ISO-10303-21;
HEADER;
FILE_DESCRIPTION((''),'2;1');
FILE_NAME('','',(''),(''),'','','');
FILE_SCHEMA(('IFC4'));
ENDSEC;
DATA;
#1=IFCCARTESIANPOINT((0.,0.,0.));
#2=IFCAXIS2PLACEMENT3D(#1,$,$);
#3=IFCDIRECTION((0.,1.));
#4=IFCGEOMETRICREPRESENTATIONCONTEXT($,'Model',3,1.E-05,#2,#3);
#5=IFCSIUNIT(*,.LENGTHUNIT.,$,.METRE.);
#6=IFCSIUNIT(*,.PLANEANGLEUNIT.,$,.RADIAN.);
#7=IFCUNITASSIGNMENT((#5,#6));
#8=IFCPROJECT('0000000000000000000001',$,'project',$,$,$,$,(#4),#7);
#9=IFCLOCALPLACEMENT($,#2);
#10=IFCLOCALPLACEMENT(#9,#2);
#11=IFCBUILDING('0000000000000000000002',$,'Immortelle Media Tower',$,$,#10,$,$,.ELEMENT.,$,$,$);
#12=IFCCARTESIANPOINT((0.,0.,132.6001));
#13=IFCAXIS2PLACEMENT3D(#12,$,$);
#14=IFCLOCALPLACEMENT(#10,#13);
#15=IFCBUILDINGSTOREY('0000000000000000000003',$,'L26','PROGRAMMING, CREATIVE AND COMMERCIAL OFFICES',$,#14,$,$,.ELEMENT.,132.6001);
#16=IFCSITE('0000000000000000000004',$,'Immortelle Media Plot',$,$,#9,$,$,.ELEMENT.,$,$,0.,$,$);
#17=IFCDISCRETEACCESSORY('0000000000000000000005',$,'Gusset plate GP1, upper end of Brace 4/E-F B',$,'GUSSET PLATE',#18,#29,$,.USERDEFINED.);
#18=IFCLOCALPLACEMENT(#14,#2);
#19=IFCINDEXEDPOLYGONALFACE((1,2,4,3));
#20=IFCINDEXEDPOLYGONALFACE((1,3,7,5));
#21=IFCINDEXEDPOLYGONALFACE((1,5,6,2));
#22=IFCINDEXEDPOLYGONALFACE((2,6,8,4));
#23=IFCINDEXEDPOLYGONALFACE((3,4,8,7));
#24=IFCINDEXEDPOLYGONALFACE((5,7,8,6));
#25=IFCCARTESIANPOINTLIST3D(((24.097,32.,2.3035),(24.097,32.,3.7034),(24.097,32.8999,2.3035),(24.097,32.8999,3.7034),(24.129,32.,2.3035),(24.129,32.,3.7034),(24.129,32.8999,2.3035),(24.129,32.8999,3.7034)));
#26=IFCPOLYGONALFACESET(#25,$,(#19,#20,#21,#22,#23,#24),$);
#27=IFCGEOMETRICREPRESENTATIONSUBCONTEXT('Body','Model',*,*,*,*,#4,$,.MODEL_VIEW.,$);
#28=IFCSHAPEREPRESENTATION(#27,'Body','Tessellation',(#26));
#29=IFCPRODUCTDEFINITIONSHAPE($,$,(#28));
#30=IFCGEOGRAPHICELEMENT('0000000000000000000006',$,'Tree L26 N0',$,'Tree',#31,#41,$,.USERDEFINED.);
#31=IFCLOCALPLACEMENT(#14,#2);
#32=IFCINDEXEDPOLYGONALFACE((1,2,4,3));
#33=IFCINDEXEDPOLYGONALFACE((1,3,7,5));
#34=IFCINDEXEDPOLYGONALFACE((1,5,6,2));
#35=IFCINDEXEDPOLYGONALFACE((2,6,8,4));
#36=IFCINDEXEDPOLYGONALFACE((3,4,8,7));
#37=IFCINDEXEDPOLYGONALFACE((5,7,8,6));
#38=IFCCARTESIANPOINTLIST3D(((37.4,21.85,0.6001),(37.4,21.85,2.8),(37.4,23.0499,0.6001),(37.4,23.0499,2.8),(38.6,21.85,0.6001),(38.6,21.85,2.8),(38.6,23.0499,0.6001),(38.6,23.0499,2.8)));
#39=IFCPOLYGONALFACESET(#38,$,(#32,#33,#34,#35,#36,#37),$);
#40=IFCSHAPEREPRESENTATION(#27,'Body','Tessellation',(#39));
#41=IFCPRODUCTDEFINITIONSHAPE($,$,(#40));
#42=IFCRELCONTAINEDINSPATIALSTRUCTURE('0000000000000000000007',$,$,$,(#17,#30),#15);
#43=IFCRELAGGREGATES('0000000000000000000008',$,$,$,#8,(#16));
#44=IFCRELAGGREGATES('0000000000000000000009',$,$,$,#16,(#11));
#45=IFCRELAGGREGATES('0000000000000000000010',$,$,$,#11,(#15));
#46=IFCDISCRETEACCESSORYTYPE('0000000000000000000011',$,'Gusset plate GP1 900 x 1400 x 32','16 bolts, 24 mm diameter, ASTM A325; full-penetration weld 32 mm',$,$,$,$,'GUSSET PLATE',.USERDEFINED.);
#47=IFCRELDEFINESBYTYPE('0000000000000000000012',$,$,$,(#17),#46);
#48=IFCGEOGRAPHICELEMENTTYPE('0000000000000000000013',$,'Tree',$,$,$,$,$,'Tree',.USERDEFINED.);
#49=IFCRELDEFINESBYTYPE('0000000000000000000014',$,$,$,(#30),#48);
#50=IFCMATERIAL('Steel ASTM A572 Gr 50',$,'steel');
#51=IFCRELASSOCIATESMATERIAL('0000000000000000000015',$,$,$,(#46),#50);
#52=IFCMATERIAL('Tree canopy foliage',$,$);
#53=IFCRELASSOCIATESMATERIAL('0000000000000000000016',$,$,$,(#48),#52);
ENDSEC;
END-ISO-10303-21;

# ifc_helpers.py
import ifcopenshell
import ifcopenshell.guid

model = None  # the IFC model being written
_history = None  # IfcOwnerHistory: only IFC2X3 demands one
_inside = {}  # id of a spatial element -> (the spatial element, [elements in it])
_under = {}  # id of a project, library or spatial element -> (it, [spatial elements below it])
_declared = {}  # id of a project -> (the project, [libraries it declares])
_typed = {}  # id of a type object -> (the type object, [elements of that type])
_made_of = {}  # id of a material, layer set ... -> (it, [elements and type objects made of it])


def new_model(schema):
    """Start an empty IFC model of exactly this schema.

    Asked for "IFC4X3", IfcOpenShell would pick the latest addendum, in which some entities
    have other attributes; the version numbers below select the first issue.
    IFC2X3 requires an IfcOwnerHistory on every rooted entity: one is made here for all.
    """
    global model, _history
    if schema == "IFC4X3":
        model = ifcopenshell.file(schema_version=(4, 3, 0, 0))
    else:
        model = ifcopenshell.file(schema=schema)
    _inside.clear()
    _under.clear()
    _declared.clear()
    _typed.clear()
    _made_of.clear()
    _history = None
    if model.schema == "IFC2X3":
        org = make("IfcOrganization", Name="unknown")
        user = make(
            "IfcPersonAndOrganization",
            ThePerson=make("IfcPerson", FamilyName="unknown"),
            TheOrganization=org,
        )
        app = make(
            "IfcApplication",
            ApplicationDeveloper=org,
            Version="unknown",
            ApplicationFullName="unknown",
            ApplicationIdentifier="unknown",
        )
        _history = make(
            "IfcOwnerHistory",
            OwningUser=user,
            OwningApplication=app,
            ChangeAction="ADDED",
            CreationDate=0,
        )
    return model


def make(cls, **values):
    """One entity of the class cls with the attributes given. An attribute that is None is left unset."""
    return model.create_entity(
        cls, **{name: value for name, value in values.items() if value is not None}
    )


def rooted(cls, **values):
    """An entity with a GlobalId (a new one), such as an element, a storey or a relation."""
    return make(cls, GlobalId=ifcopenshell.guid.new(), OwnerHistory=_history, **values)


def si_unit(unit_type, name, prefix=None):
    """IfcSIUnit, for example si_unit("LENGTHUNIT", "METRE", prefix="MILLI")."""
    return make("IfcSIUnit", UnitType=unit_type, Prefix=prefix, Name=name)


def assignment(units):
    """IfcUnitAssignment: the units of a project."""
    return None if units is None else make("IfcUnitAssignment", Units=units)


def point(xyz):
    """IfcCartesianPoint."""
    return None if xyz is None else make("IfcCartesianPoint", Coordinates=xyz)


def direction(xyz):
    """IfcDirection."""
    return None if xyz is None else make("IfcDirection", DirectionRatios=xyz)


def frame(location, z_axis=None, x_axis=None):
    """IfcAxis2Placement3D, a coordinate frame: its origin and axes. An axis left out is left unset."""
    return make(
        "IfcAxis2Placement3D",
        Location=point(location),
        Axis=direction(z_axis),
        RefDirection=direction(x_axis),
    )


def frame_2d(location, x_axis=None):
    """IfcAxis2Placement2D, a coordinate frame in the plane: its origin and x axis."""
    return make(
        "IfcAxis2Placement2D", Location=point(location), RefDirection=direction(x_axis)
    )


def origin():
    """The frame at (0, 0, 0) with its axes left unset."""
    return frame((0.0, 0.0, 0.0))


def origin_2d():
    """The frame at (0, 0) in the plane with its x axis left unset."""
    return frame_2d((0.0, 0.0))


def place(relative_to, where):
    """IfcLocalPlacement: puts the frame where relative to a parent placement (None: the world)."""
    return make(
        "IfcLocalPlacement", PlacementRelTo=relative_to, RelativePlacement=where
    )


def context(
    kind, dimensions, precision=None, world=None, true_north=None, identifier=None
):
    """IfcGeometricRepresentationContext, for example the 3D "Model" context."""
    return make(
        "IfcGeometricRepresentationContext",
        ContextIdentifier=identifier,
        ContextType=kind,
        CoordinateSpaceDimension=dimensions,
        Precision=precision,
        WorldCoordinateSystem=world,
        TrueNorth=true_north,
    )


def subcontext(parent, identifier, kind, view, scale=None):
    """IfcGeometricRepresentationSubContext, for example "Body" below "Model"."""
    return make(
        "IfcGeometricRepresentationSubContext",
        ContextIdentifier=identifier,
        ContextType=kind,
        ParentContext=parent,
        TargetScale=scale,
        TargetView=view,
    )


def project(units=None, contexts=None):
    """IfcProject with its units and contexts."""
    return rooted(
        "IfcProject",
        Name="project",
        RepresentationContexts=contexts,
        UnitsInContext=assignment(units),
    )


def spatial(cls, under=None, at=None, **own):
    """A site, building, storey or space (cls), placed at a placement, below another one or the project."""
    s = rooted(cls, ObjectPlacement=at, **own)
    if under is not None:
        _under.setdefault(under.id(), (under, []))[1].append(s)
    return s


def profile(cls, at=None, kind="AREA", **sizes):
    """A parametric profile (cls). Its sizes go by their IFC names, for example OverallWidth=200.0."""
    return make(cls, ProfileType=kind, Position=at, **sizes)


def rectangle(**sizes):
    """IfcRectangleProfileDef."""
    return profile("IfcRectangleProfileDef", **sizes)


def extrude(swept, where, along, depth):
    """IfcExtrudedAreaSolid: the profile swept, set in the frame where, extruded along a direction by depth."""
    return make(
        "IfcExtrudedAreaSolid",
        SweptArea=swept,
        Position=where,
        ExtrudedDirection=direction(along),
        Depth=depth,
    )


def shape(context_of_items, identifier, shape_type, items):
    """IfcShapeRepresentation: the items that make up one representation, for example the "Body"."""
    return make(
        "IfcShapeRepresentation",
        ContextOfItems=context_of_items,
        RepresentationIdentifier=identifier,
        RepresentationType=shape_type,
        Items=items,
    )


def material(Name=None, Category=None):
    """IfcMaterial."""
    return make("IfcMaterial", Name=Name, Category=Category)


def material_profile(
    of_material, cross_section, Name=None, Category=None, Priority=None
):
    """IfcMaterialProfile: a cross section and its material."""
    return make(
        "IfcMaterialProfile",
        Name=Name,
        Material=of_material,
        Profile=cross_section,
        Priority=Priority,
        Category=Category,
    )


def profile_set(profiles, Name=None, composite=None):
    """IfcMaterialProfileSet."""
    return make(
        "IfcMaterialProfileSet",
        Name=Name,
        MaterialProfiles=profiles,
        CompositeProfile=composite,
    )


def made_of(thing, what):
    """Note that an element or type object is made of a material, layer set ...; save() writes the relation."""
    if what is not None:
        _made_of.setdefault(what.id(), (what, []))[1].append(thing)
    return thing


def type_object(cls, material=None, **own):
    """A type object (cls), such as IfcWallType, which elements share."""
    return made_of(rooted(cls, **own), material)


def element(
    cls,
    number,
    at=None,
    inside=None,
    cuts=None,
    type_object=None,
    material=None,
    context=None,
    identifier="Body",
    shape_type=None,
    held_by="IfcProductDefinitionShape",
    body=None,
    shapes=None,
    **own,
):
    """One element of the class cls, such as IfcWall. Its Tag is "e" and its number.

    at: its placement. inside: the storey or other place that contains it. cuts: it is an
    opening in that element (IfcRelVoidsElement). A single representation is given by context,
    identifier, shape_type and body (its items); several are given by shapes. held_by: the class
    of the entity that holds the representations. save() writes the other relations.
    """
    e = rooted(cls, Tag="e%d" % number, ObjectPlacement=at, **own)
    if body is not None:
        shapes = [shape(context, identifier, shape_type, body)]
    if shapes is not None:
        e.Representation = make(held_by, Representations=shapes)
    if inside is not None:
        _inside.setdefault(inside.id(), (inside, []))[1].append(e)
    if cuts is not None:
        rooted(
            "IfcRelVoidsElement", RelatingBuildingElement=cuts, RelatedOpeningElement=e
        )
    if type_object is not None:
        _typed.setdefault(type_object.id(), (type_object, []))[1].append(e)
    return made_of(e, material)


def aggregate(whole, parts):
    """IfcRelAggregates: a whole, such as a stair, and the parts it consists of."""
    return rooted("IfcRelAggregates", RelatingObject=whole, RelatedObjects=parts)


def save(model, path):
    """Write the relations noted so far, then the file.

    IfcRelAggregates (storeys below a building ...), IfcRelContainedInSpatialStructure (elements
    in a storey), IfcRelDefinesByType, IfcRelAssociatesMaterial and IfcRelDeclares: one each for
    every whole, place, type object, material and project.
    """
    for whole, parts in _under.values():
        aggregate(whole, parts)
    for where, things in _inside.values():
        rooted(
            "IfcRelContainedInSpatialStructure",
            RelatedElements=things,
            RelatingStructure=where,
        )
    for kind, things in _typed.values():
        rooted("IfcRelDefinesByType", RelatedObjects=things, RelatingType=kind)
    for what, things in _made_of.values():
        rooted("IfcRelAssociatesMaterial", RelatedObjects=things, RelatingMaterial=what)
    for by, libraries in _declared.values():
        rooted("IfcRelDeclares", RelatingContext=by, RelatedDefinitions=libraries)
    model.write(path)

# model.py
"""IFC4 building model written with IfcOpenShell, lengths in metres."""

from ifc_helpers import new_model, si_unit, direction, frame, origin, origin_2d, place, context, subcontext, project, spatial, rectangle, extrude, material, material_profile, profile_set, type_object, element, save


model = new_model("IFC4")

# Units and contexts
model_context = context("Model", 3, precision=1e-05, world=origin(), true_north=direction((0.0, 1.0)))
body_context = subcontext(model_context, "Body", "Model", "MODEL_VIEW")
ifc_project = project(units=[si_unit("LENGTHUNIT", "METRE"), si_unit("PLANEANGLEUNIT", "RADIAN")], contexts=[model_context])

# Site, building, storey
site_placement = place(None, origin())
site = spatial("IfcSite", under=ifc_project, at=site_placement, Name="Immortelle Media Plot", CompositionType="ELEMENT", RefElevation=0.0)
building_placement = place(site_placement, origin())
building = spatial("IfcBuilding", under=site, at=building_placement, Name="Immortelle Media Tower", CompositionType="ELEMENT")
storey_placement = place(building_placement, frame((0.0, 0.0, 132.6001)))
storey = spatial("IfcBuildingStorey", under=building, at=storey_placement, Name="L26", Description="PROGRAMMING, CREATIVE AND COMMERCIAL OFFICES", CompositionType="ELEMENT", Elevation=132.6001)

# Discrete accessory
ifc_material_1 = material(Name="Steel ASTM A572 Gr 50", Category="steel")
ifc_material_profile_1 = material_profile(ifc_material_1, rectangle(XDim=0.032, YDim=1.3999, at=origin_2d()), Name="PL 32 x 1400")
ifc_profile_set_1 = profile_set([ifc_material_profile_1], Name="Steel ASTM A572 Gr 50")
discrete_accessory_type_1 = type_object("IfcDiscreteAccessoryType", Name="Gusset plate GP1 900 x 1400 x 32", Description="16 bolts, 24 mm diameter, ASTM A325; full-penetration weld 32 mm", ElementType="GUSSET PLATE", PredefinedType="USERDEFINED", material=ifc_profile_set_1)
for number, where, z_axis, x_axis, name in (
    (1, (24.113, 32.0, 3.0034), (0.0, 1.0, 0.0), (-1.0, 0.0, 0.0), "Gusset plate GP1, upper end of Brace 4/E-F B"),
):
    element("IfcDiscreteAccessory", number, at=place(storey_placement, frame(where, z_axis=z_axis, x_axis=x_axis)), inside=storey, type_object=discrete_accessory_type_1, Name=name, ObjectType="GUSSET PLATE", PredefinedType="USERDEFINED", context=body_context, shape_type="SweptSolid", body=[
        extrude(rectangle(XDim=0.032, YDim=1.3999, at=origin_2d()), origin(), (0.0, 0.0, 1.0), 0.8999),
    ])

# Geographic element
ifc_material_2 = material(Name="Tree canopy foliage")
geographic_element_type = type_object("IfcGeographicElementType", Name="Tree", ElementType="Tree", PredefinedType="USERDEFINED", material=ifc_material_2)
geographic_element_placement = place(storey_placement, frame((38.0, 22.45, 0.6001), z_axis=(0.0, 0.0, 1.0), x_axis=(1.0, 0.0, 0.0)))
element("IfcGeographicElement", 2, at=geographic_element_placement, inside=storey, type_object=geographic_element_type, Name="Tree L26 N0", ObjectType="Tree", PredefinedType="USERDEFINED", context=body_context, shape_type="SweptSolid", body=[
    extrude(rectangle(XDim=1.2, YDim=1.2, at=origin_2d()), origin(), (0.0, 0.0, 1.0), 2.2),
])

save(model, "model.ifc")
